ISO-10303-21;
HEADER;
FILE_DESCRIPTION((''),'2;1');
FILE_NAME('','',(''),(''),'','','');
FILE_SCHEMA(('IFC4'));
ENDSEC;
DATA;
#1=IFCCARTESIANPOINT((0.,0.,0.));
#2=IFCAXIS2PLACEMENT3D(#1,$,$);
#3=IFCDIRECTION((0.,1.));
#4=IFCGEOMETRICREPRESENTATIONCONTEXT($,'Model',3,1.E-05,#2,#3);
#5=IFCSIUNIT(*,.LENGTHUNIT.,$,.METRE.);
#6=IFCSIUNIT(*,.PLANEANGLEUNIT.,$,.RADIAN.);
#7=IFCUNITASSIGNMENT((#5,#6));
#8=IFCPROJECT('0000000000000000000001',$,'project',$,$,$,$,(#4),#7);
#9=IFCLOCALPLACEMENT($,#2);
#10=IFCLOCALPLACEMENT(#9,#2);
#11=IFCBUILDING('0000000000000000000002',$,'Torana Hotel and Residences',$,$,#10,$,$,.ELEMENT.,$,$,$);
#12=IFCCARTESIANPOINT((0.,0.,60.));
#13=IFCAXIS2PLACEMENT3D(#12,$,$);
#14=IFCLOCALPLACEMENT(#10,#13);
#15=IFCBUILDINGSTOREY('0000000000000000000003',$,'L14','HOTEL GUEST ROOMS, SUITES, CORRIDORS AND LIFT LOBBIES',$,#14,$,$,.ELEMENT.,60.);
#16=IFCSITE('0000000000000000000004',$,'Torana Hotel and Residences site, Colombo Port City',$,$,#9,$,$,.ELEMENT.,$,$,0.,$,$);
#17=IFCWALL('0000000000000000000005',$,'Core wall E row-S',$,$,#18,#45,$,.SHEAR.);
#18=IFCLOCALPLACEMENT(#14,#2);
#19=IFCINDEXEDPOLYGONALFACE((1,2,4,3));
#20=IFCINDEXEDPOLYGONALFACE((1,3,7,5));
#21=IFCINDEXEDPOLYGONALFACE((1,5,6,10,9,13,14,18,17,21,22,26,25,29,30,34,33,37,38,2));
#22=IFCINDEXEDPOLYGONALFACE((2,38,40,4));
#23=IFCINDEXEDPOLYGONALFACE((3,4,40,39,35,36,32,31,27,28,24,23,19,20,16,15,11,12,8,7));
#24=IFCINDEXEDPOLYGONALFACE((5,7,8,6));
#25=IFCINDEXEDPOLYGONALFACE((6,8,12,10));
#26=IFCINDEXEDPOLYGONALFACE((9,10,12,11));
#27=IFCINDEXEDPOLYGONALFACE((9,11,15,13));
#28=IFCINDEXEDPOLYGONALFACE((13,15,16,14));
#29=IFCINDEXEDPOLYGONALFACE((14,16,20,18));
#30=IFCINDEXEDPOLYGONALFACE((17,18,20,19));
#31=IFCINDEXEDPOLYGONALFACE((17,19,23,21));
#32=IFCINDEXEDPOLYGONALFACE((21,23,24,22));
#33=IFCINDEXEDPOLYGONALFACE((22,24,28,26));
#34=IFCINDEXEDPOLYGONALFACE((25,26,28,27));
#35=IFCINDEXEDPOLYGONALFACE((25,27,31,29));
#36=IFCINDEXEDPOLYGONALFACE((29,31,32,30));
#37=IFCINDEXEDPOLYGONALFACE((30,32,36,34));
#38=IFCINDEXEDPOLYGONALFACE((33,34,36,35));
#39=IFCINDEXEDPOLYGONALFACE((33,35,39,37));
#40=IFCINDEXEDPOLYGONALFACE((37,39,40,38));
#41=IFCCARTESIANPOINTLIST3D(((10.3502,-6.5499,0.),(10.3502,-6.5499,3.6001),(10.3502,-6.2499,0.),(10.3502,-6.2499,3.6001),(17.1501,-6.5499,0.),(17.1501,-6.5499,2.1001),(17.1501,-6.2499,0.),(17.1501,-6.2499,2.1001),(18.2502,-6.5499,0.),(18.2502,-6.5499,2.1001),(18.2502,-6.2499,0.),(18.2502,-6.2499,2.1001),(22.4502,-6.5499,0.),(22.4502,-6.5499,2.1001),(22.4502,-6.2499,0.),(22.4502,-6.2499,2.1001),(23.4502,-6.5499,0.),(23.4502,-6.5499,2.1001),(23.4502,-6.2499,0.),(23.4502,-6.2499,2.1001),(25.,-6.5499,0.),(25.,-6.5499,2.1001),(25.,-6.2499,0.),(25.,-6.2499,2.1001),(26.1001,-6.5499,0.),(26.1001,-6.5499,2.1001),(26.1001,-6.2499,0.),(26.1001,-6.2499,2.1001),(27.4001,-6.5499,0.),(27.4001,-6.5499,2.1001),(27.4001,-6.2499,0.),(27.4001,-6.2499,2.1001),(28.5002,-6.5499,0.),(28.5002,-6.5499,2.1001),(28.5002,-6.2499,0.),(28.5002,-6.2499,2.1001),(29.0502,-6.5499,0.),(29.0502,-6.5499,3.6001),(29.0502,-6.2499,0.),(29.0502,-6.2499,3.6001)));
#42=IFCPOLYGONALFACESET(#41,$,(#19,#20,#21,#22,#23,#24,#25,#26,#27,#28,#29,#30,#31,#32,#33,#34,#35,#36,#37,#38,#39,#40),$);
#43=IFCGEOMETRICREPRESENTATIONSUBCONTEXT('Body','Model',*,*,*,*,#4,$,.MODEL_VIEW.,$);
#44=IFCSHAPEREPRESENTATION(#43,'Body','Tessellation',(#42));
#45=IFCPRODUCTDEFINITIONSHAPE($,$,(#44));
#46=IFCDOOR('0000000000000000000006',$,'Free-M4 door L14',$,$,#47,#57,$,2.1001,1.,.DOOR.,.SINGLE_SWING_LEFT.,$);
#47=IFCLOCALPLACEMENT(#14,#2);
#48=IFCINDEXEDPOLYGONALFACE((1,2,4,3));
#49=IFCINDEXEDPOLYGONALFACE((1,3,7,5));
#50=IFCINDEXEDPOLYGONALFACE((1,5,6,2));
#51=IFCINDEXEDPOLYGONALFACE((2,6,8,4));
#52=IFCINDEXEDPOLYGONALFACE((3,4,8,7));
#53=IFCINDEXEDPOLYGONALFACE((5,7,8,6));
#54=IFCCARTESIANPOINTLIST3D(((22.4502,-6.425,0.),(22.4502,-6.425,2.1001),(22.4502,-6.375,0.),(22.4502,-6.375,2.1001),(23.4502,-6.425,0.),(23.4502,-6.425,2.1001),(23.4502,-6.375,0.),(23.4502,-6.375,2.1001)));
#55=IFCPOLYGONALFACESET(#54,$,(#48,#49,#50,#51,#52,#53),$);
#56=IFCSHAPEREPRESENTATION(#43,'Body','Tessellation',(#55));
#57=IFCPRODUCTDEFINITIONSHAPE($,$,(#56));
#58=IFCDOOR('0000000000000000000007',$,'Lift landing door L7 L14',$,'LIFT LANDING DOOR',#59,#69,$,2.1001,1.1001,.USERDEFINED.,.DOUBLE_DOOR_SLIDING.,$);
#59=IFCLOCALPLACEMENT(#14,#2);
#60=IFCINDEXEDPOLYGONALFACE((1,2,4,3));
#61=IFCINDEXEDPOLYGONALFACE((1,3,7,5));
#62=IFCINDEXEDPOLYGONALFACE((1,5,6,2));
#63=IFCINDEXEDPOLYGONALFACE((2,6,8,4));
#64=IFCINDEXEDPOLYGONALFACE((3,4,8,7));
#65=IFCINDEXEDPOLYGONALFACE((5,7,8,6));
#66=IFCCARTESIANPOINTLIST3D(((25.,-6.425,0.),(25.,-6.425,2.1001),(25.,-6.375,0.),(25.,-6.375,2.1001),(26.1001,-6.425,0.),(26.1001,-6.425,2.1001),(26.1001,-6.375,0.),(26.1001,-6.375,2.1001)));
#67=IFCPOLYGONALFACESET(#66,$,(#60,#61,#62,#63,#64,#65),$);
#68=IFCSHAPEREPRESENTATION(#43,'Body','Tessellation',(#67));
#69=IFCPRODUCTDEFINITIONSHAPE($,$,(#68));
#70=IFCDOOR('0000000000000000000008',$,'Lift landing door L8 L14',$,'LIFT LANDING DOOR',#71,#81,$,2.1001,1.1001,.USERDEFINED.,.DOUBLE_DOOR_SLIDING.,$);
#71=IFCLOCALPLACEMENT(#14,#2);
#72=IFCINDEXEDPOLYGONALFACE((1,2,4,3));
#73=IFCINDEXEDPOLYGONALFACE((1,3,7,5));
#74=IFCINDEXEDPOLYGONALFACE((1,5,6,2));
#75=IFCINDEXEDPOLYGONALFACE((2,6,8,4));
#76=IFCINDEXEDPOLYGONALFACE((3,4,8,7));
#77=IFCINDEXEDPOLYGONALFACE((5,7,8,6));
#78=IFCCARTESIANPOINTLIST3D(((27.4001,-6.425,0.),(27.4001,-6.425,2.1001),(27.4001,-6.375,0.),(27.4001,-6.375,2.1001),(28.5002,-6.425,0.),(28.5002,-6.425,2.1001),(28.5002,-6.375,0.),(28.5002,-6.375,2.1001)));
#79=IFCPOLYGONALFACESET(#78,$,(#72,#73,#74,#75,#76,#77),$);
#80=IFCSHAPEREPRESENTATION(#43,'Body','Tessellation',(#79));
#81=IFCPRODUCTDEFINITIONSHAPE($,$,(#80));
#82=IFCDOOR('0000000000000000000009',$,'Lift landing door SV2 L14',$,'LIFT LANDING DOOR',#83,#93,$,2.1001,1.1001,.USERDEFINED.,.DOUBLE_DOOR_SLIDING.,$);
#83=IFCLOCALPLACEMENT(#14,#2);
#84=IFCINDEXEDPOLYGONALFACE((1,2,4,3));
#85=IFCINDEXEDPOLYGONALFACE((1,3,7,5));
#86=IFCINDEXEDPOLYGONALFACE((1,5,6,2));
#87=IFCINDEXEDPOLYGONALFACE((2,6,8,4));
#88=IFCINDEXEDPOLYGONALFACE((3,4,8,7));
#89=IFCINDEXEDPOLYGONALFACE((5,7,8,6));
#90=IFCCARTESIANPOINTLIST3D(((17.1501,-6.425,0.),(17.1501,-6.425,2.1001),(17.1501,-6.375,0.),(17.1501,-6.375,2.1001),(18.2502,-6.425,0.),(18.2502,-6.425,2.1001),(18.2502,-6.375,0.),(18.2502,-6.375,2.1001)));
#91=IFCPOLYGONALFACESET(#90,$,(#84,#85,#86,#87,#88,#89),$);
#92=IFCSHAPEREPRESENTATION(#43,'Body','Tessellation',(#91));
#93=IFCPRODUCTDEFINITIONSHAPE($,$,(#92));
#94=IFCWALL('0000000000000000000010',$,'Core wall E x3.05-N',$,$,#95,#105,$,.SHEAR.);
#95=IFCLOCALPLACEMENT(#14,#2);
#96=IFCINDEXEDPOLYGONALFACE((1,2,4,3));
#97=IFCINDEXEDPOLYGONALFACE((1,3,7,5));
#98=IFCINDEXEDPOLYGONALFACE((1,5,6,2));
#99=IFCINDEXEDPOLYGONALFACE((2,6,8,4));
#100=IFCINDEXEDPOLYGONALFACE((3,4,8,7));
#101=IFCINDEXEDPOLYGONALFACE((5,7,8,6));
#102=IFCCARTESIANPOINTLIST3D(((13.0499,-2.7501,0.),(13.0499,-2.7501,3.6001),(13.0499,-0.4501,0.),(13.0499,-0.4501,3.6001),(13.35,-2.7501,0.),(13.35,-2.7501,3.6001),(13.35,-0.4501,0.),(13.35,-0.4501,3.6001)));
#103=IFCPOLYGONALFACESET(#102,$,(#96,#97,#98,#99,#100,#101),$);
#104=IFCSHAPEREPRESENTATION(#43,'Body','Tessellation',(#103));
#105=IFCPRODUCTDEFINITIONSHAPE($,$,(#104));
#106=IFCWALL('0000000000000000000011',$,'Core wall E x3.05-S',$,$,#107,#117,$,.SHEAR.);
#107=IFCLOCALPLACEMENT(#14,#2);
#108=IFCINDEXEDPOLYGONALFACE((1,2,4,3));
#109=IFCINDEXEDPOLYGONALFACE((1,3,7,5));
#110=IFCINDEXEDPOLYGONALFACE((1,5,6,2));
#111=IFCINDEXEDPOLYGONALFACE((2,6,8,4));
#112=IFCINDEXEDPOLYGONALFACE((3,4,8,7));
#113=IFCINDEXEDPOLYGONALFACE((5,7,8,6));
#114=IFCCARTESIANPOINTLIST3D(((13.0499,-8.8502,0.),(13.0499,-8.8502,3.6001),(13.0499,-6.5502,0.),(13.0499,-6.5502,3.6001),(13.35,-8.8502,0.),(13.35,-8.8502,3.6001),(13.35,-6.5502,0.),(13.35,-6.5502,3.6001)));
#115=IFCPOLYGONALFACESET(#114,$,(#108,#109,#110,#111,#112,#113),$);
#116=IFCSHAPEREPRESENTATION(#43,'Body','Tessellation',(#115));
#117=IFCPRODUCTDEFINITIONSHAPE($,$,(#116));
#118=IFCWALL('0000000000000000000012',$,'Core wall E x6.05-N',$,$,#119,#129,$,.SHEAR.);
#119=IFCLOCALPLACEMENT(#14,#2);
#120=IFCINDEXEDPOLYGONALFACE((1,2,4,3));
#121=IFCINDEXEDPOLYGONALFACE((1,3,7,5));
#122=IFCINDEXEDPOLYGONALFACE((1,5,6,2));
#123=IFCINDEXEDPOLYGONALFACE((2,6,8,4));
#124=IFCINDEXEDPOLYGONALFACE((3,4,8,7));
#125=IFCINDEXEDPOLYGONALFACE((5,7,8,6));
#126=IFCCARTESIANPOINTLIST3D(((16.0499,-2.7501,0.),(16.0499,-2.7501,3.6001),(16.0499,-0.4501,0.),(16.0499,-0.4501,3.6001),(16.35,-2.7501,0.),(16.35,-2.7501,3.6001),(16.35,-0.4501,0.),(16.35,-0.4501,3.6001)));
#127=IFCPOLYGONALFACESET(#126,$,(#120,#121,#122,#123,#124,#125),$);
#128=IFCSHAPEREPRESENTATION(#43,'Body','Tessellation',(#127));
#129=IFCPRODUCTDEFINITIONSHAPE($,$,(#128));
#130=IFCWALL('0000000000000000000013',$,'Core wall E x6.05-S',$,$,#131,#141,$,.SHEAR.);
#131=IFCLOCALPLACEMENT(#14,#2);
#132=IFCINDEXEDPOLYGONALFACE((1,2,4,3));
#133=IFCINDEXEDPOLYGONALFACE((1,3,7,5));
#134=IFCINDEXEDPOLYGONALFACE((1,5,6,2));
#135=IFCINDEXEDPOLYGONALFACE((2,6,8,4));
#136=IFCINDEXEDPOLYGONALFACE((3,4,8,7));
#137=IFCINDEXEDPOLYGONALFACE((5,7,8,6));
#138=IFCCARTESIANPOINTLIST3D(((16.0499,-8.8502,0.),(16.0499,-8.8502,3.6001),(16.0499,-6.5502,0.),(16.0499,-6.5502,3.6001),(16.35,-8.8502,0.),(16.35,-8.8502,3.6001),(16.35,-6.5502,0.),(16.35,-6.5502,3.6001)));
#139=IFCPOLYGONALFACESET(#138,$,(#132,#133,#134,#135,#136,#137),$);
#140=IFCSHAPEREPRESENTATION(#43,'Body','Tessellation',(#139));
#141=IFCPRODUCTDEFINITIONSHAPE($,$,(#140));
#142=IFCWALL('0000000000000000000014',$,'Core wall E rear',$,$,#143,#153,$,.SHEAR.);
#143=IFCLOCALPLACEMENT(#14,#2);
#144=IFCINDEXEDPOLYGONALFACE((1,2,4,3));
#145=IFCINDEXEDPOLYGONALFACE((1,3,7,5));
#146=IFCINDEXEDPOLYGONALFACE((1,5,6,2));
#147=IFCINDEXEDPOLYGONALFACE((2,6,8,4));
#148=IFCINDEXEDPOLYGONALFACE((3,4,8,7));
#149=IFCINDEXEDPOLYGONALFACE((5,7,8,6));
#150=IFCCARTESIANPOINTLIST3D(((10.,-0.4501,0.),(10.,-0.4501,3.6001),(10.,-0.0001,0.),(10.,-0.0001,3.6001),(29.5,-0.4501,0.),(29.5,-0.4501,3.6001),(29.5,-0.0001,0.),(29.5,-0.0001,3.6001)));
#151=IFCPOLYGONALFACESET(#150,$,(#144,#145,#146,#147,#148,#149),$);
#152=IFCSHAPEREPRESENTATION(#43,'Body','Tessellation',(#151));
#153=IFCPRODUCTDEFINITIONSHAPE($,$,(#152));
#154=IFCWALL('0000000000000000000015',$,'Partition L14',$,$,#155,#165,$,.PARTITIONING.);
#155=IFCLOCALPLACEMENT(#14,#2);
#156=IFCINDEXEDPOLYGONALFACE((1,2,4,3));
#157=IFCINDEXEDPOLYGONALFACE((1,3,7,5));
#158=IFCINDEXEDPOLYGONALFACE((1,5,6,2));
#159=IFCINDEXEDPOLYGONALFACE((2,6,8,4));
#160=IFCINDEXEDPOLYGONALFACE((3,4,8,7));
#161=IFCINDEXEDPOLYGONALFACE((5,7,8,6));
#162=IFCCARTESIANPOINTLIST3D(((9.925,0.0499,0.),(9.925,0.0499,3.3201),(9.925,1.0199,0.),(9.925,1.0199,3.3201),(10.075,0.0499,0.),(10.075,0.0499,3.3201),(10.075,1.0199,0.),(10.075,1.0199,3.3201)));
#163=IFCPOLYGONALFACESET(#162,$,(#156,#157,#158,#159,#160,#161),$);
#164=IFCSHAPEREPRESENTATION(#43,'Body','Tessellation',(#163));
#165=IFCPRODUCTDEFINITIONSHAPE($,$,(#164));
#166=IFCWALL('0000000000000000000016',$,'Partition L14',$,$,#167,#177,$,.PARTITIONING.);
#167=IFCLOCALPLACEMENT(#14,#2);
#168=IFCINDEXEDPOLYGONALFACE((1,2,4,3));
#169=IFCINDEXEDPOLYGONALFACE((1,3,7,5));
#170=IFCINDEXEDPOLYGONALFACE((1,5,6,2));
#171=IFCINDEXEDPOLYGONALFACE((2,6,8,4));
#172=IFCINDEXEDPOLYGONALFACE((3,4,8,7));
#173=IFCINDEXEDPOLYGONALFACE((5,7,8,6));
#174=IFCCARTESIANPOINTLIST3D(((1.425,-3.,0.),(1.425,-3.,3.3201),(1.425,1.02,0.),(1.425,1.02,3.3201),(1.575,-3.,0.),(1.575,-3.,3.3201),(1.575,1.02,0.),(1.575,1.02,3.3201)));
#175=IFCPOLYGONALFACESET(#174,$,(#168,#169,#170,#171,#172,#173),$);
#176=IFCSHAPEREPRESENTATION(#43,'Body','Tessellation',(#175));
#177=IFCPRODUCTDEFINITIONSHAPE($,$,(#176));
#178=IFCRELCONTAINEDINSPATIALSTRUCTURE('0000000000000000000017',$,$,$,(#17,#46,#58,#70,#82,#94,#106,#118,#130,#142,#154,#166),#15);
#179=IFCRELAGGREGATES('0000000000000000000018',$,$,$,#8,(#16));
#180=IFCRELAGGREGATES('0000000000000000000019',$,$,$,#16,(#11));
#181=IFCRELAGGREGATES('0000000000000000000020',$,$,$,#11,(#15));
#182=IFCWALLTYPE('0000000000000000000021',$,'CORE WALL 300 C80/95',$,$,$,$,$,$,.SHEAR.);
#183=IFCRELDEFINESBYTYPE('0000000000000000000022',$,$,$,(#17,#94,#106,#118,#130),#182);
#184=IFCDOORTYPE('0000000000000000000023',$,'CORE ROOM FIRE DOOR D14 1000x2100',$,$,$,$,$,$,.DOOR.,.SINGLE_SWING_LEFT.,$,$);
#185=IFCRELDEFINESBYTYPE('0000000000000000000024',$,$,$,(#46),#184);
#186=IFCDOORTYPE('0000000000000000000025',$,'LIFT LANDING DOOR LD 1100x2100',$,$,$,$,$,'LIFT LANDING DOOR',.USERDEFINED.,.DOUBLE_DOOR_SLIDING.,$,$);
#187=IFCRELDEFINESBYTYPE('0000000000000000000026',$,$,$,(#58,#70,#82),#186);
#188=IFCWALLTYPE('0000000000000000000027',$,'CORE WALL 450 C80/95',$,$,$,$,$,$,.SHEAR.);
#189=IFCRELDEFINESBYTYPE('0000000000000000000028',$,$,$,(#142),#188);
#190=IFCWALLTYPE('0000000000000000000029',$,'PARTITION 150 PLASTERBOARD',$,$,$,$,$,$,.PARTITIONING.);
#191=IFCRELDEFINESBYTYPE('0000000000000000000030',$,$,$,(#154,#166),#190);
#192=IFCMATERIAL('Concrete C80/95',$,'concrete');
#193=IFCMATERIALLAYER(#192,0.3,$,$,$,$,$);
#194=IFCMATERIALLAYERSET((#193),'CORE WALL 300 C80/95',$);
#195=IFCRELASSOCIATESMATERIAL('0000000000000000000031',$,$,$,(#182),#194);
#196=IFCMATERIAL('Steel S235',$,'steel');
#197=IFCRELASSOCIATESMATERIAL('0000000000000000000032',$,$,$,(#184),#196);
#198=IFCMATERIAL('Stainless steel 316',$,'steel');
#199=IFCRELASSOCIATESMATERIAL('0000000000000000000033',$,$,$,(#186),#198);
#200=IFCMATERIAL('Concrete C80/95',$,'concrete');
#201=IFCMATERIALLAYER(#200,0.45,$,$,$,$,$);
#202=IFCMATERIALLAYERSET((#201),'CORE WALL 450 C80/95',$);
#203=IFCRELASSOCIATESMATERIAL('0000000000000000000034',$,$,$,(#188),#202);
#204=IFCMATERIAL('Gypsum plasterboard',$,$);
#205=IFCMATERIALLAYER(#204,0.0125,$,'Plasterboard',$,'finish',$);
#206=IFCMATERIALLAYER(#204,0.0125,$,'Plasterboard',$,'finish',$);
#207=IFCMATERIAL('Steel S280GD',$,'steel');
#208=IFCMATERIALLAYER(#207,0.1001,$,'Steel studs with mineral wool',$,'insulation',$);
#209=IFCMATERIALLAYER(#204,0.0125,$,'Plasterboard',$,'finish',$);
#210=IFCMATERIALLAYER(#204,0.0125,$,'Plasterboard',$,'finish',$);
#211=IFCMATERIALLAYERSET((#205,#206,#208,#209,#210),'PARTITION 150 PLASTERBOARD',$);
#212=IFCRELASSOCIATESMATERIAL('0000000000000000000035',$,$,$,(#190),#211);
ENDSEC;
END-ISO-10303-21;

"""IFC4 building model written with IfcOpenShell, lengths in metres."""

from ifc_helpers import new_model, si_unit, direction, frame, frame_2d, origin, place, context, subcontext, project, spatial, rectangle, extrude, material, layer, layer_set, type_object, element, fill, save


model = new_model("IFC4")

# Units and contexts
model_context = context("Model", 3, precision=1e-05, world=origin(), true_north=direction((0.0, 1.0)))
body_context = subcontext(model_context, "Body", "Model", "MODEL_VIEW")
ifc_project = project(units=[si_unit("LENGTHUNIT", "METRE"), si_unit("PLANEANGLEUNIT", "RADIAN")], contexts=[model_context])

# Site, building, storey
site_placement = place(None, origin())
site = spatial("IfcSite", under=ifc_project, at=site_placement, Name="Torana Hotel and Residences site, Colombo Port City", CompositionType="ELEMENT", RefElevation=0.0)
building_placement = place(site_placement, origin())
building = spatial("IfcBuilding", under=site, at=building_placement, Name="Torana Hotel and Residences", CompositionType="ELEMENT")
storey_placement = place(building_placement, frame((0.0, 0.0, 60.0)))
storey = spatial("IfcBuildingStorey", under=building, at=storey_placement, Name="L14", Description="HOTEL GUEST ROOMS, SUITES, CORRIDORS AND LIFT LOBBIES", CompositionType="ELEMENT", Elevation=60.0)

# Wall, openings, doors
ifc_material_1 = material(Name="Concrete C80/95", Category="concrete")
ifc_layer_1 = layer(ifc_material_1, 0.3)
ifc_layer_set_1 = layer_set([ifc_layer_1], Name="CORE WALL 300 C80/95")
wall_type_1 = type_object("IfcWallType", Name="CORE WALL 300 C80/95", PredefinedType="SHEAR", material=ifc_layer_set_1)
ifc_material_2 = material(Name="Steel S235", Category="steel")
door_type_1 = type_object("IfcDoorType", Name="CORE ROOM FIRE DOOR D14 1000x2100", OperationType="SINGLE_SWING_LEFT", PredefinedType="DOOR", material=ifc_material_2)
ifc_material_3 = material(Name="Stainless steel 316", Category="steel")
door_type_2 = type_object("IfcDoorType", Name="LIFT LANDING DOOR LD 1100x2100", ElementType="LIFT LANDING DOOR", OperationType="DOUBLE_DOOR_SLIDING", PredefinedType="USERDEFINED", material=ifc_material_3)
wall_1_placement = place(storey_placement, frame((10.3501, -6.3999, 0.0), z_axis=(0.0, 0.0, 1.0), x_axis=(1.0, 0.0, 0.0)))
wall_1 = element("IfcWall", 1, at=wall_1_placement, inside=storey, type_object=wall_type_1, Name="Core wall E row-S", PredefinedType="SHEAR", context=body_context, shape_type="SweptSolid", body=[
    extrude(rectangle(XDim=18.7, YDim=0.3, at=frame_2d((9.3501, 0.0))), origin(), (0.0, 0.0, 1.0), 3.6001),
])
opening_1_placement = place(wall_1_placement, frame((14.6499, 0.0, 0.0)))
opening_1 = element("IfcOpeningElement", 2, at=opening_1_placement, cuts=wall_1, PredefinedType="OPENING", context=body_context, shape_type="SweptSolid", body=[
    extrude(rectangle(XDim=1.1001, YDim=2.1001, at=frame_2d((0.55, 1.05))), frame((0.0, 0.1599, 0.0), z_axis=(0.0, -1.0, 0.0), x_axis=(1.0, 0.0, 0.0)), (0.0, 0.0, 1.0), 0.3201),
])
opening_2_placement = place(wall_1_placement, frame((17.05, 0.0, 0.0)))
opening_2 = element("IfcOpeningElement", 3, at=opening_2_placement, cuts=wall_1, PredefinedType="OPENING", context=body_context, shape_type="SweptSolid", body=[
    extrude(rectangle(XDim=1.1001, YDim=2.1001, at=frame_2d((0.55, 1.05))), frame((0.0, 0.1599, 0.0), z_axis=(0.0, -1.0, 0.0), x_axis=(1.0, 0.0, 0.0)), (0.0, 0.0, 1.0), 0.3201),
])
opening_3_placement = place(wall_1_placement, frame((6.8, 0.0, 0.0)))
opening_3 = element("IfcOpeningElement", 4, at=opening_3_placement, cuts=wall_1, PredefinedType="OPENING", context=body_context, shape_type="SweptSolid", body=[
    extrude(rectangle(XDim=1.1001, YDim=2.1001, at=frame_2d((0.55, 1.05))), frame((0.0, 0.1599, 0.0), z_axis=(0.0, -1.0, 0.0), x_axis=(1.0, 0.0, 0.0)), (0.0, 0.0, 1.0), 0.3201),
])
opening_4_placement = place(wall_1_placement, frame((12.1001, 0.0, 0.0)))
opening_4 = element("IfcOpeningElement", 5, at=opening_4_placement, cuts=wall_1, PredefinedType="OPENING", context=body_context, shape_type="SweptSolid", body=[
    extrude(rectangle(XDim=1.0, YDim=2.1001, at=frame_2d((0.5, 1.05))), frame((0.0, 0.1599, 0.0), z_axis=(0.0, -1.0, 0.0), x_axis=(1.0, 0.0, 0.0)), (0.0, 0.0, 1.0), 0.3201),
])
door_1_placement = place(opening_4_placement, frame((0.5, 0.0, 0.0), z_axis=(0.0, 0.0, 1.0), x_axis=(-1.0, 0.0, 0.0)))
door_1 = element("IfcDoor", 6, at=door_1_placement, inside=storey, type_object=door_type_1, Name="Free-M4 door L14", OperationType="SINGLE_SWING_LEFT", OverallHeight=2.1001, OverallWidth=1.0, PredefinedType="DOOR", context=body_context, shape_type="SweptSolid", body=[
    extrude(rectangle(XDim=1.0, YDim=2.1001, at=frame_2d((0.0, 1.05))), frame((0.0, -0.0249, 0.0), z_axis=(0.0, 1.0, 0.0), x_axis=(-1.0, 0.0, 0.0)), (0.0, 0.0, 1.0), 0.05),
])
fill(opening_4, door_1)
door_2_placement = place(opening_1_placement, origin())
door_2 = element("IfcDoor", 7, at=door_2_placement, inside=storey, type_object=door_type_2, Name="Lift landing door L7 L14", ObjectType="LIFT LANDING DOOR", OperationType="DOUBLE_DOOR_SLIDING", OverallHeight=2.1001, OverallWidth=1.1001, PredefinedType="USERDEFINED", context=body_context, shape_type="SweptSolid", body=[
    extrude(rectangle(XDim=1.1001, YDim=2.1001, at=frame_2d((0.55, 1.05))), frame((0.0, 0.0249, 0.0), z_axis=(0.0, -1.0, 0.0), x_axis=(1.0, 0.0, 0.0)), (0.0, 0.0, 1.0), 0.05),
])
fill(opening_1, door_2)
door_3_placement = place(opening_2_placement, origin())
door_3 = element("IfcDoor", 8, at=door_3_placement, inside=storey, type_object=door_type_2, Name="Lift landing door L8 L14", ObjectType="LIFT LANDING DOOR", OperationType="DOUBLE_DOOR_SLIDING", OverallHeight=2.1001, OverallWidth=1.1001, PredefinedType="USERDEFINED", context=body_context, shape_type="SweptSolid", body=[
    extrude(rectangle(XDim=1.1001, YDim=2.1001, at=frame_2d((0.55, 1.05))), frame((0.0, 0.0249, 0.0), z_axis=(0.0, -1.0, 0.0), x_axis=(1.0, 0.0, 0.0)), (0.0, 0.0, 1.0), 0.05),
])
fill(opening_2, door_3)
door_4_placement = place(opening_3_placement, origin())
door_4 = element("IfcDoor", 9, at=door_4_placement, inside=storey, type_object=door_type_2, Name="Lift landing door SV2 L14", ObjectType="LIFT LANDING DOOR", OperationType="DOUBLE_DOOR_SLIDING", OverallHeight=2.1001, OverallWidth=1.1001, PredefinedType="USERDEFINED", context=body_context, shape_type="SweptSolid", body=[
    extrude(rectangle(XDim=1.1001, YDim=2.1001, at=frame_2d((0.55, 1.05))), frame((0.0, 0.0249, 0.0), z_axis=(0.0, -1.0, 0.0), x_axis=(1.0, 0.0, 0.0)), (0.0, 0.0, 1.0), 0.05),
])
fill(opening_3, door_4)

# Walls
for number, where, z_axis, x_axis, name in (
    (10, (13.2, -2.75, 0.0), (0.0, 0.0, 1.0), (0.0, 1.0, 0.0), "Core wall E x3.05-N"),
    (11, (13.2, -8.8501, 0.0), (0.0, 0.0, 1.0), (0.0, 1.0, 0.0), "Core wall E x3.05-S"),
    (12, (16.2, -2.75, 0.0), (0.0, 0.0, 1.0), (0.0, 1.0, 0.0), "Core wall E x6.05-N"),
    (13, (16.2, -8.8501, 0.0), (0.0, 0.0, 1.0), (0.0, 1.0, 0.0), "Core wall E x6.05-S"),
):
    element("IfcWall", number, at=place(storey_placement, frame(where, z_axis=z_axis, x_axis=x_axis)), inside=storey, type_object=wall_type_1, Name=name, PredefinedType="SHEAR", context=body_context, shape_type="SweptSolid", body=[
        extrude(rectangle(XDim=2.3, YDim=0.3, at=frame_2d((1.1499, 0.0))), origin(), (0.0, 0.0, 1.0), 3.6001),
    ])
ifc_material_4 = material(Name="Concrete C80/95", Category="concrete")
ifc_layer_2 = layer(ifc_material_4, 0.45)
ifc_layer_set_2 = layer_set([ifc_layer_2], Name="CORE WALL 450 C80/95")
wall_type_2 = type_object("IfcWallType", Name="CORE WALL 450 C80/95", PredefinedType="SHEAR", material=ifc_layer_set_2)
wall_2_placement = place(storey_placement, frame((10.0, -0.2251, 0.0), z_axis=(0.0, 0.0, 1.0), x_axis=(1.0, 0.0, 0.0)))
element("IfcWall", 14, at=wall_2_placement, inside=storey, type_object=wall_type_2, Name="Core wall E rear", PredefinedType="SHEAR", context=body_context, shape_type="SweptSolid", body=[
    extrude(rectangle(XDim=19.5, YDim=0.45, at=frame_2d((9.75, 0.0))), origin(), (0.0, 0.0, 1.0), 3.6001),
])
ifc_material_5 = material(Name="Gypsum plasterboard")
ifc_layer_3 = layer(ifc_material_5, 0.0125, Name="Plasterboard", Category="finish")
ifc_layer_4 = layer(ifc_material_5, 0.0125, Name="Plasterboard", Category="finish")
ifc_material_6 = material(Name="Steel S280GD", Category="steel")
ifc_layer_5 = layer(ifc_material_6, 0.1001, Name="Steel studs with mineral wool", Category="insulation")
ifc_layer_6 = layer(ifc_material_5, 0.0125, Name="Plasterboard", Category="finish")
ifc_layer_7 = layer(ifc_material_5, 0.0125, Name="Plasterboard", Category="finish")
ifc_layer_set_3 = layer_set([ifc_layer_3, ifc_layer_4, ifc_layer_5, ifc_layer_6, ifc_layer_7], Name="PARTITION 150 PLASTERBOARD")
wall_type_3 = type_object("IfcWallType", Name="PARTITION 150 PLASTERBOARD", PredefinedType="PARTITIONING", material=ifc_layer_set_3)
wall_3_placement = place(storey_placement, frame((10.0, 0.05, 0.0), z_axis=(0.0, 0.0, 1.0), x_axis=(0.0, 1.0, 0.0)))
element("IfcWall", 15, at=wall_3_placement, inside=storey, type_object=wall_type_3, Name="Partition L14", PredefinedType="PARTITIONING", context=body_context, shape_type="SweptSolid", body=[
    extrude(rectangle(XDim=0.97, YDim=0.1499, at=frame_2d((0.4849, 0.0))), origin(), (0.0, 0.0, 1.0), 3.3201),
])
wall_4_placement = place(storey_placement, frame((1.5, -3.0, 0.0), z_axis=(0.0, 0.0, 1.0), x_axis=(0.0, 1.0, 0.0)))
element("IfcWall", 16, at=wall_4_placement, inside=storey, type_object=wall_type_3, Name="Partition L14", PredefinedType="PARTITIONING", context=body_context, shape_type="SweptSolid", body=[
    extrude(rectangle(XDim=4.02, YDim=0.1499, at=frame_2d((2.01, 0.0))), origin(), (0.0, 0.0, 1.0), 3.3201),
])

save(model, "model.ifc")
